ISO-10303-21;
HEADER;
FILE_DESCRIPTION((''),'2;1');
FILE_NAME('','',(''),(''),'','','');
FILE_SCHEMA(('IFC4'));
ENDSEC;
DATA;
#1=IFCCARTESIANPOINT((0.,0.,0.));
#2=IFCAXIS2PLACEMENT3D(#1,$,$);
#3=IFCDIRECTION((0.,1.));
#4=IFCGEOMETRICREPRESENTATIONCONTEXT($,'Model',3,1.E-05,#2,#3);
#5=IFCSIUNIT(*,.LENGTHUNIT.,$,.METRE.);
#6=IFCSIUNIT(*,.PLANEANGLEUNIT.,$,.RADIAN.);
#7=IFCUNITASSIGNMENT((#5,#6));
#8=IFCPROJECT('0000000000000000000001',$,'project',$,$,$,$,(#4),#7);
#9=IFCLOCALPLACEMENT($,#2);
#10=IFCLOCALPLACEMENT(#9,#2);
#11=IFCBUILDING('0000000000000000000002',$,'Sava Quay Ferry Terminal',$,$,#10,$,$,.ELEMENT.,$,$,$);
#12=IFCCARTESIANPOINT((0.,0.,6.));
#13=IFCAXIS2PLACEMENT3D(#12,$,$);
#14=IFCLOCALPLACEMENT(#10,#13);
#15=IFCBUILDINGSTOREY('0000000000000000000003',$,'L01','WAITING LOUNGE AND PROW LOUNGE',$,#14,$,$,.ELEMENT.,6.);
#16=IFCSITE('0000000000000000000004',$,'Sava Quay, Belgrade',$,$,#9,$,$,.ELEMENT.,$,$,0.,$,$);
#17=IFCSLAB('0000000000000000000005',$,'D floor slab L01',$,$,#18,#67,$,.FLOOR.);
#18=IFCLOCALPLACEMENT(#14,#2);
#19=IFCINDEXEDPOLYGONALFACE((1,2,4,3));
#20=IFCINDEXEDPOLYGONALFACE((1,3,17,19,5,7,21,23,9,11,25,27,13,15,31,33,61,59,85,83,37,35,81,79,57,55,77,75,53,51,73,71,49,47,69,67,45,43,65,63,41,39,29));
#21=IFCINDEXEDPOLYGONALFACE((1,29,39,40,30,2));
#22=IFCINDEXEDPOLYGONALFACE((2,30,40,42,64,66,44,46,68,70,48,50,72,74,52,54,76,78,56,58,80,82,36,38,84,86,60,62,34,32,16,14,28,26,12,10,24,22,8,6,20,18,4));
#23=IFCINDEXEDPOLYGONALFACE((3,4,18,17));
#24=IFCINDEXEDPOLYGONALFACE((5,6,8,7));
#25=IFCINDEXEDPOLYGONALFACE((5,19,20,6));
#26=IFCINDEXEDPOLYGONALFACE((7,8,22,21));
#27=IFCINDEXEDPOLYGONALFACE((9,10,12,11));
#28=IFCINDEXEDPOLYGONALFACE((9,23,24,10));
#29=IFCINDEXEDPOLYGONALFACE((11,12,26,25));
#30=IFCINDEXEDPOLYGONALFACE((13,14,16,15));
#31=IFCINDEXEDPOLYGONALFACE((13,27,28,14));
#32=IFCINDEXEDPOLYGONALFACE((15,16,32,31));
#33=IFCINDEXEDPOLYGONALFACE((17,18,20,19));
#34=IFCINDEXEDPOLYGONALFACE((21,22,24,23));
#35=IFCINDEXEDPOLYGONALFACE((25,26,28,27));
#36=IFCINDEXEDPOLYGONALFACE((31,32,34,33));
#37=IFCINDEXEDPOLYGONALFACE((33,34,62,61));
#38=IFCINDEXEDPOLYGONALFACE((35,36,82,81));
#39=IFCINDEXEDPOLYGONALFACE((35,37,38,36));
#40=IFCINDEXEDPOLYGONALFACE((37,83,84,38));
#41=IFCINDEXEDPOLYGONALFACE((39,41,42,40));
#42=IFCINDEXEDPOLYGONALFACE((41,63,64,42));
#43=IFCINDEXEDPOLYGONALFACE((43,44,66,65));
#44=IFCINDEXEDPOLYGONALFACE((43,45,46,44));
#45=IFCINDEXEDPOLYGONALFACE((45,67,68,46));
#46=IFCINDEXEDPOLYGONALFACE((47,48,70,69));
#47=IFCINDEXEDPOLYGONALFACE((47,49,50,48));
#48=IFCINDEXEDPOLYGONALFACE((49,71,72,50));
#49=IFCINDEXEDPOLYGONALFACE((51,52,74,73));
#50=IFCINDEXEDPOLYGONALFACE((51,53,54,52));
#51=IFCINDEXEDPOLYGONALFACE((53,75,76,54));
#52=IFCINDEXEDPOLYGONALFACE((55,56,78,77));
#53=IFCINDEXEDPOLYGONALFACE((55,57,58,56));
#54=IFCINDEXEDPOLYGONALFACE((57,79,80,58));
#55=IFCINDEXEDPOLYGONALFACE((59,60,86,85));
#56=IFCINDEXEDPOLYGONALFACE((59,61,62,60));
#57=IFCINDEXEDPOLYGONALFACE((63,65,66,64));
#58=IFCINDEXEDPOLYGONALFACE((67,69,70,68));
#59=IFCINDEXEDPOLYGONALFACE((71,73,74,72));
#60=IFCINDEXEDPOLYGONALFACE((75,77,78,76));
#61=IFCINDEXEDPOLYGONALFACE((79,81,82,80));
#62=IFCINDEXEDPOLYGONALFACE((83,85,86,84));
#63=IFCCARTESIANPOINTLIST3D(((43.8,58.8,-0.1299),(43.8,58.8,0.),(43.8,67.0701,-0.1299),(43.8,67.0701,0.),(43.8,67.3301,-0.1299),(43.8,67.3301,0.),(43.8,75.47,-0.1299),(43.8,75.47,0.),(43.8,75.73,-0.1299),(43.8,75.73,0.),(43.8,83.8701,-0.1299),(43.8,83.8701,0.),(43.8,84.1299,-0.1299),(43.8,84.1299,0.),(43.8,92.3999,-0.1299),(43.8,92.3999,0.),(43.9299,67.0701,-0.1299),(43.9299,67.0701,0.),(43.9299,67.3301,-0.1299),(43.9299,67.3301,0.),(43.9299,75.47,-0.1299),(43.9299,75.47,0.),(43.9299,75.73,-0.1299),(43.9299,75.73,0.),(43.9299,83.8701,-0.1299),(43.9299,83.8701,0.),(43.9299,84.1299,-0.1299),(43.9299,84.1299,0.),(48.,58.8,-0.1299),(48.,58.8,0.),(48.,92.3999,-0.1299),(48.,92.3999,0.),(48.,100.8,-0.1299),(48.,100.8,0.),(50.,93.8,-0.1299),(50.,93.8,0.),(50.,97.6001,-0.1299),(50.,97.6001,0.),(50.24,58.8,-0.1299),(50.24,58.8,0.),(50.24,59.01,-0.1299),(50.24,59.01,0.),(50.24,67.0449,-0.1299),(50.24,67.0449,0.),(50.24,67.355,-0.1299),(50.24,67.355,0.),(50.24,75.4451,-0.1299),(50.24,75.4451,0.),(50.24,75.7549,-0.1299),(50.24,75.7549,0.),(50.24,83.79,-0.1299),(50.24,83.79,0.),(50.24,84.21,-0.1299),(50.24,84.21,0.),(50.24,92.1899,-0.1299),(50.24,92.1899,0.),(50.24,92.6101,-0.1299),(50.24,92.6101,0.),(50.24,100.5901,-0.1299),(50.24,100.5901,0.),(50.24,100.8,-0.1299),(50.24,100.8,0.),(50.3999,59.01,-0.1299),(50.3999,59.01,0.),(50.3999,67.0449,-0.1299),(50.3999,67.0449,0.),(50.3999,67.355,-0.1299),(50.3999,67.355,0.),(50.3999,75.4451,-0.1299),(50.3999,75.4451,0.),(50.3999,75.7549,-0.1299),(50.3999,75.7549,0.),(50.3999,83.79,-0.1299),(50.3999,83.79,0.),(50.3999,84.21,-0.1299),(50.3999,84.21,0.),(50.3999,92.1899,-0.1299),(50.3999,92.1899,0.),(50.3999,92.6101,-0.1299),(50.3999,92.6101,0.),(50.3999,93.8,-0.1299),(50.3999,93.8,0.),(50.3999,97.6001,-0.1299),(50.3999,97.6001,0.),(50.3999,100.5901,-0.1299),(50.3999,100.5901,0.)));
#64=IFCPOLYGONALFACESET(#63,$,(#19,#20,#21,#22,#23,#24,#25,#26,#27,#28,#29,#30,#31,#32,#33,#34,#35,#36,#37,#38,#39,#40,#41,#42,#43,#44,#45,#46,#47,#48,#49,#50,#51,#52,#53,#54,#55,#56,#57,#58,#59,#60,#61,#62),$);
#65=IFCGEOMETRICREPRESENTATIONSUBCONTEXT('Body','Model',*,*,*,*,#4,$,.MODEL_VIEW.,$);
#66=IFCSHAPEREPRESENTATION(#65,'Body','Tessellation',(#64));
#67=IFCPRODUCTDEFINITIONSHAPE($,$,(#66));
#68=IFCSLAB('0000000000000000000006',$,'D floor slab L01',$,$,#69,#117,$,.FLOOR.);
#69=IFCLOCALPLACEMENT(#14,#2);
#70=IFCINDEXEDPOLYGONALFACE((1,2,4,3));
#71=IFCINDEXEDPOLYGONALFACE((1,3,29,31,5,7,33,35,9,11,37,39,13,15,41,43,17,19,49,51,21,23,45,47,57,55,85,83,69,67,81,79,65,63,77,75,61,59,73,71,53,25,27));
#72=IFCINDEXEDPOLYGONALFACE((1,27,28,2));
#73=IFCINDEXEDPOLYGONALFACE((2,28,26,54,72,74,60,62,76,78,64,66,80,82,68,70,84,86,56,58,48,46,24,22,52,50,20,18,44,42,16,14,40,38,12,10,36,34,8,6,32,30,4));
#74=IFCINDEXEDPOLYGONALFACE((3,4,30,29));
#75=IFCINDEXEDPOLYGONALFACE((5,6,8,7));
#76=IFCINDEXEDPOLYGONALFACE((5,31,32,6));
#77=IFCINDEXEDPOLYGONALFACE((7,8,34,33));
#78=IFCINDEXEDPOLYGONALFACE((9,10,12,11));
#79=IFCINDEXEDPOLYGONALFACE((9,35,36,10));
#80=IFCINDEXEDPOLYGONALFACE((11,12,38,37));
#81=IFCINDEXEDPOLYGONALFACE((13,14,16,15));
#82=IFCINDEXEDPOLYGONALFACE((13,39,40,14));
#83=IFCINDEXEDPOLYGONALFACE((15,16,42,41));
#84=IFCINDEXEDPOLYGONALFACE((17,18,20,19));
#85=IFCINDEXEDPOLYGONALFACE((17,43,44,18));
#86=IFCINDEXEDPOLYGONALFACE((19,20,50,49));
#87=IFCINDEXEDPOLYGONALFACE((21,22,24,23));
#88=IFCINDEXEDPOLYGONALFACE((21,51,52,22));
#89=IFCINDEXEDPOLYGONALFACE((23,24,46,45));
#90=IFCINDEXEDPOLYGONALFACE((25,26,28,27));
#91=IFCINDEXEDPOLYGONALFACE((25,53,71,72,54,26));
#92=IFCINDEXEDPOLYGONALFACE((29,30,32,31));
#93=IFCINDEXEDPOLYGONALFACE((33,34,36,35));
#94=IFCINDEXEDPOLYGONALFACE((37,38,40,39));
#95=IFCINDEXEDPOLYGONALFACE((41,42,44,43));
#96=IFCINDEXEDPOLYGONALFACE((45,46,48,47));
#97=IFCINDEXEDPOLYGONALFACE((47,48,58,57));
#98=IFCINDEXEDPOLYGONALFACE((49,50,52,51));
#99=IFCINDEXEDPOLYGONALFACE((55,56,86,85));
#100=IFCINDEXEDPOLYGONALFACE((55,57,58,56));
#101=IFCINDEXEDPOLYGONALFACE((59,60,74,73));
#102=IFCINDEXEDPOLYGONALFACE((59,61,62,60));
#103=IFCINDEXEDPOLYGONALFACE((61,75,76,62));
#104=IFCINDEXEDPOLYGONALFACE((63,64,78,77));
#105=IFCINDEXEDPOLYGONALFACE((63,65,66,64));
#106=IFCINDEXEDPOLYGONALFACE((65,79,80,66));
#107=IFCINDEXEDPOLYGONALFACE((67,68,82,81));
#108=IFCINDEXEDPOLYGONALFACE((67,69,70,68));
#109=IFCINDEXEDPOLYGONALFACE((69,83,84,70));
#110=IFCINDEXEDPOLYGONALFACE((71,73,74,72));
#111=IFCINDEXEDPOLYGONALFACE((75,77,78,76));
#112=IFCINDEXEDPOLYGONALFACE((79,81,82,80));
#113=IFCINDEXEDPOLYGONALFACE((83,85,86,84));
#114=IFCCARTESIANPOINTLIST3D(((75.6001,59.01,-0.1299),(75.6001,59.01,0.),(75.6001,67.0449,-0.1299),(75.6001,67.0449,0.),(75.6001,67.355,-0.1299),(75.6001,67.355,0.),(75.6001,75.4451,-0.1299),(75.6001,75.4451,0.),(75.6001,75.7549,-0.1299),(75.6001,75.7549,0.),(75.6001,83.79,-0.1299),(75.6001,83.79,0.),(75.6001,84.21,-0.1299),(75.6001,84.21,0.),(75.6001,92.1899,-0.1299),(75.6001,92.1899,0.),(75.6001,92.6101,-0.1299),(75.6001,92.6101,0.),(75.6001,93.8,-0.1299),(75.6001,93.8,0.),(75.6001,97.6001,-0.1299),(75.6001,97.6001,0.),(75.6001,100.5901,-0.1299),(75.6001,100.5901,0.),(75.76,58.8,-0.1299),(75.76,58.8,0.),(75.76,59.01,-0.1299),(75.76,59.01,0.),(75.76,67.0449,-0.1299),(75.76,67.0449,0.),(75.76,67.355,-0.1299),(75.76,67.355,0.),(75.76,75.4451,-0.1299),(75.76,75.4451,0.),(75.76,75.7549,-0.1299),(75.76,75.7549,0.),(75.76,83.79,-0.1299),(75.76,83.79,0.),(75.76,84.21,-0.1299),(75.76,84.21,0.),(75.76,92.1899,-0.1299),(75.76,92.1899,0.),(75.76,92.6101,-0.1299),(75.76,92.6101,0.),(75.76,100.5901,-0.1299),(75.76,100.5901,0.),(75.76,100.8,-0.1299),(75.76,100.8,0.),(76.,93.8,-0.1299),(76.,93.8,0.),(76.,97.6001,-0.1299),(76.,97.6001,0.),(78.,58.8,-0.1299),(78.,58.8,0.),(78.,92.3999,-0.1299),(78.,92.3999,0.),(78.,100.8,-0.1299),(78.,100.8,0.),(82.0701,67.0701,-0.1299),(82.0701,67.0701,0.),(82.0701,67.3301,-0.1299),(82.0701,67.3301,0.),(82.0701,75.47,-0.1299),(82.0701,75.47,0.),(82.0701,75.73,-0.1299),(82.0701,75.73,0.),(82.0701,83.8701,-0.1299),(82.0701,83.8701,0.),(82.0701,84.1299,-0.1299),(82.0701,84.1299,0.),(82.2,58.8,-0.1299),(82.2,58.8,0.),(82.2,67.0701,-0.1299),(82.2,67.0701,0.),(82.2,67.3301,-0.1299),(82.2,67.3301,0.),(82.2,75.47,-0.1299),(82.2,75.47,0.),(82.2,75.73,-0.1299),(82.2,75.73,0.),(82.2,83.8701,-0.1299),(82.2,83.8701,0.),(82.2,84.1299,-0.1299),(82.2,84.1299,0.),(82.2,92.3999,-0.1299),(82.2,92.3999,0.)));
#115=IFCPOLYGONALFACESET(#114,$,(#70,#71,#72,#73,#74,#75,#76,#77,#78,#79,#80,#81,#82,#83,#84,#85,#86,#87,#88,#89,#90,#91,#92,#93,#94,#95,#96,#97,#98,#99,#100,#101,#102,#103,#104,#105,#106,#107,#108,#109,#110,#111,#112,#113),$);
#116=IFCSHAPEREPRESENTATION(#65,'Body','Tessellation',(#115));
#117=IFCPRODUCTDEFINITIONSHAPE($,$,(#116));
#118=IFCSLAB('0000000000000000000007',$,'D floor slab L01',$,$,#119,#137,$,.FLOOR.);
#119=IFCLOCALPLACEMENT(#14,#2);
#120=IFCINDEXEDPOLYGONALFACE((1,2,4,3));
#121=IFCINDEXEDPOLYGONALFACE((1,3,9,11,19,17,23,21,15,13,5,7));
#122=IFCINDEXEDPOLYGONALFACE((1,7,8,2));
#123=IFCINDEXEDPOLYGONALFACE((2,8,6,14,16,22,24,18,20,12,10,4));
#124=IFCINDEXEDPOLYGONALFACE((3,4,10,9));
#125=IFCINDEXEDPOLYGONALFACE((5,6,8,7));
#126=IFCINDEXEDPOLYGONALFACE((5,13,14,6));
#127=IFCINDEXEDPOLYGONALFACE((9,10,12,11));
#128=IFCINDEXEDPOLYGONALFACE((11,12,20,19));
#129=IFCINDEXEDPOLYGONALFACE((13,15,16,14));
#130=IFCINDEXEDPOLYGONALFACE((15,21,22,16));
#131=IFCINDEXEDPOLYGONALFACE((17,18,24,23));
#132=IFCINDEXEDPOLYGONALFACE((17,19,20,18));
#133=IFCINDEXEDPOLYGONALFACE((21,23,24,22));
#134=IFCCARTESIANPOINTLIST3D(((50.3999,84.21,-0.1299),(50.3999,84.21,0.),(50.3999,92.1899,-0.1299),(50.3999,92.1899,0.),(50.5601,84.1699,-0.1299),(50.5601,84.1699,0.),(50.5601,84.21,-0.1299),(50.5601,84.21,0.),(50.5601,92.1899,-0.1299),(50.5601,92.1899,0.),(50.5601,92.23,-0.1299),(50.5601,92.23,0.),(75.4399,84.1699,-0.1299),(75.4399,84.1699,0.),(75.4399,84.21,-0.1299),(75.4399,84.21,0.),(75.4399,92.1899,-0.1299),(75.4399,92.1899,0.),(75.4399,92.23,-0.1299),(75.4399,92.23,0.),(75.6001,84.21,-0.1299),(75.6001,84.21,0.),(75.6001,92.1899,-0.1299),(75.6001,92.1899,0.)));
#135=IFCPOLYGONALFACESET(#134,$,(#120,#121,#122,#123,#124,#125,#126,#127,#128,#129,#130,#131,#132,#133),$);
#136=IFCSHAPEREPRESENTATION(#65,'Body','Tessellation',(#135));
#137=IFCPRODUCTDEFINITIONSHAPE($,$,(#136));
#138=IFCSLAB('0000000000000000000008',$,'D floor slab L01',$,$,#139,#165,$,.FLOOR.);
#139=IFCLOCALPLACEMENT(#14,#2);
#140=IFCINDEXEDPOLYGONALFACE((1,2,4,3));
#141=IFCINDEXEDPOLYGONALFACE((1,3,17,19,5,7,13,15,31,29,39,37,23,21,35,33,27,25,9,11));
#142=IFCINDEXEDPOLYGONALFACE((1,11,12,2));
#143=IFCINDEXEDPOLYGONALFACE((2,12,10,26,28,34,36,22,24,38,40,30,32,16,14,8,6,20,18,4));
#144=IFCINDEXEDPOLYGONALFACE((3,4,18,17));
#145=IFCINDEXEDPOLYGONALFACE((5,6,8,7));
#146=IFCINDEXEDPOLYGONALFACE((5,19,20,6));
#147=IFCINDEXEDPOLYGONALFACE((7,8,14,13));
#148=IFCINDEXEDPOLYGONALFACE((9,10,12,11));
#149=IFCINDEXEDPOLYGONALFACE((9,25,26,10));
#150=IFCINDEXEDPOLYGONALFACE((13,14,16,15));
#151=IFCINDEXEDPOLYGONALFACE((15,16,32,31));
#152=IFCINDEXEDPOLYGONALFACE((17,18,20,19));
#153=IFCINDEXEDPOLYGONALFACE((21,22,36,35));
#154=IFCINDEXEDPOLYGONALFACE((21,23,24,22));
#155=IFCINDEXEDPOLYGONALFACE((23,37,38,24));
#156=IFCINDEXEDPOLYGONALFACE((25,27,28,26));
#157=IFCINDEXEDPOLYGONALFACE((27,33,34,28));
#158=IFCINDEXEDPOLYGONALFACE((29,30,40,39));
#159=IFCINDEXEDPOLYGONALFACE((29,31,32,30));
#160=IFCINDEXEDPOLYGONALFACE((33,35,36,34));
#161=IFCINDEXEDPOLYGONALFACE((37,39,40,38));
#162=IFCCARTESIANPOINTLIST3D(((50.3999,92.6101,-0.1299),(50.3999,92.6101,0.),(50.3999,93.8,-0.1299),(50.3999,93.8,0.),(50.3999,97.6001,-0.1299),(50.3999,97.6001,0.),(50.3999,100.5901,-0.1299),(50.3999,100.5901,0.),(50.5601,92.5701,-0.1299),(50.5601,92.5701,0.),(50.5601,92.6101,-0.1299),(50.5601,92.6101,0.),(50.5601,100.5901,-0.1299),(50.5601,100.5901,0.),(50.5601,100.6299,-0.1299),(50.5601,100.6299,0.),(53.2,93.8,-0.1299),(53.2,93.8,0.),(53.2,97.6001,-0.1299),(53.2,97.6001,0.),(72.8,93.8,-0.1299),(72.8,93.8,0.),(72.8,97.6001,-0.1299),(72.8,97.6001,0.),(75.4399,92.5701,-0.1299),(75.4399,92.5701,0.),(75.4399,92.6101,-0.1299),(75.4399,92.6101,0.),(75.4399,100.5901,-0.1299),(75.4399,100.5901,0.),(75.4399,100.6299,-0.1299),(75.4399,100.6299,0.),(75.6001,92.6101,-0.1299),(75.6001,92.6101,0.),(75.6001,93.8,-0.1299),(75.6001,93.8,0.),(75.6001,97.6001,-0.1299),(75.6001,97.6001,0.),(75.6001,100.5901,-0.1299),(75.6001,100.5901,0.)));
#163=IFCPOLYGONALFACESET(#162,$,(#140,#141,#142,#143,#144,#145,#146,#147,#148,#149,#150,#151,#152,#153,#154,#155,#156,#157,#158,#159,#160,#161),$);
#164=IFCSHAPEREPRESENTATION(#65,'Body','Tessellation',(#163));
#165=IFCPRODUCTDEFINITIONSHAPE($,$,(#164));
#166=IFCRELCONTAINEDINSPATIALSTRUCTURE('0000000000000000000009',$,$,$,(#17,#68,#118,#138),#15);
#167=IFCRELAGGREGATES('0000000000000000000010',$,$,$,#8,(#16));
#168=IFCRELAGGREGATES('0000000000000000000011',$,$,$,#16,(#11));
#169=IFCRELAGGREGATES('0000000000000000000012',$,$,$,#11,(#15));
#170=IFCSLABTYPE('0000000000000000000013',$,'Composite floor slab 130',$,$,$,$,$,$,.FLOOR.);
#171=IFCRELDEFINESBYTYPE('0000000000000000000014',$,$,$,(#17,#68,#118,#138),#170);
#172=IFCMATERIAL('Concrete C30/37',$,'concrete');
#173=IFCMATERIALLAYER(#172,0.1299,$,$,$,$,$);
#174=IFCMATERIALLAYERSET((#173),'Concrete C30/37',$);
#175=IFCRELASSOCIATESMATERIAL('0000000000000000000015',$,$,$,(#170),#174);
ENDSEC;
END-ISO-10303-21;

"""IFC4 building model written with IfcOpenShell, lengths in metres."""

from ifc_helpers import new_model, si_unit, direction, frame, origin, place, context, subcontext, project, spatial, polyline, outline, extrude, material, layer, layer_set, type_object, element, save


model = new_model("IFC4")

# Units and contexts
model_context = context("Model", 3, precision=1e-05, world=origin(), true_north=direction((0.0, 1.0)))
body_context = subcontext(model_context, "Body", "Model", "MODEL_VIEW")
ifc_project = project(units=[si_unit("LENGTHUNIT", "METRE"), si_unit("PLANEANGLEUNIT", "RADIAN")], contexts=[model_context])

# Site, building, storey
site_placement = place(None, origin())
site = spatial("IfcSite", under=ifc_project, at=site_placement, Name="Sava Quay, Belgrade", CompositionType="ELEMENT", RefElevation=0.0)
building_placement = place(site_placement, origin())
building = spatial("IfcBuilding", under=site, at=building_placement, Name="Sava Quay Ferry Terminal", CompositionType="ELEMENT")
storey_placement = place(building_placement, frame((0.0, 0.0, 6.0)))
storey = spatial("IfcBuildingStorey", under=building, at=storey_placement, Name="L01", Description="WAITING LOUNGE AND PROW LOUNGE", CompositionType="ELEMENT", Elevation=6.0)

# Slabs
ifc_material_1 = material(Name="Concrete C30/37", Category="concrete")
ifc_layer_1 = layer(ifc_material_1, 0.1299)
ifc_layer_set_1 = layer_set([ifc_layer_1], Name="Concrete C30/37")
slab_type_1 = type_object("IfcSlabType", Name="Composite floor slab 130", PredefinedType="FLOOR", material=ifc_layer_set_1)
slab_1_placement = place(storey_placement, frame((0.0, 0.0, -0.1299)))
element("IfcSlab", 1, at=slab_1_placement, inside=storey, type_object=slab_type_1, Name="D floor slab L01", PredefinedType="FLOOR", context=body_context, shape_type="SweptSolid", body=[
    extrude(outline(polyline([(50.24, 59.01), (50.24, 58.8), (48.0, 58.8), (43.8, 58.8), (43.8, 67.0701), (43.9299, 67.0701), (43.9299, 67.3301), (43.8, 67.3301), (43.8, 75.47), (43.9299, 75.47), (43.9299, 75.73), (43.8, 75.73), (43.8, 83.8701), (43.9299, 83.8701), (43.9299, 84.1299), (43.8, 84.1299), (43.8, 92.3999), (48.0, 92.3999), (48.0, 100.8), (50.24, 100.8), (50.24, 100.5901), (50.3999, 100.5901), (50.3999, 97.6001), (50.0, 97.6001), (50.0, 93.8), (50.3999, 93.8), (50.3999, 92.6101), (50.24, 92.6101), (50.24, 92.1899), (50.3999, 92.1899), (50.3999, 84.21), (50.24, 84.21), (50.24, 83.79), (50.3999, 83.79), (50.3999, 75.7549), (50.24, 75.7549), (50.24, 75.4451), (50.3999, 75.4451), (50.3999, 67.355), (50.24, 67.355), (50.24, 67.0449), (50.3999, 67.0449), (50.3999, 59.01), (50.24, 59.01)])), origin(), (0.0, 0.0, 1.0), 0.1299),
])
slab_2_placement = place(storey_placement, frame((0.0, 0.0, -0.1299)))
element("IfcSlab", 2, at=slab_2_placement, inside=storey, type_object=slab_type_1, Name="D floor slab L01", PredefinedType="FLOOR", context=body_context, shape_type="SweptSolid", body=[
    extrude(outline(polyline([(78.0, 58.8), (75.76, 58.8), (75.76, 59.01), (75.6001, 59.01), (75.6001, 67.0449), (75.76, 67.0449), (75.76, 67.355), (75.6001, 67.355), (75.6001, 75.4451), (75.76, 75.4451), (75.76, 75.7549), (75.6001, 75.7549), (75.6001, 83.79), (75.76, 83.79), (75.76, 84.21), (75.6001, 84.21), (75.6001, 92.1899), (75.76, 92.1899), (75.76, 92.6101), (75.6001, 92.6101), (75.6001, 93.8), (76.0, 93.8), (76.0, 97.6001), (75.6001, 97.6001), (75.6001, 100.5901), (75.76, 100.5901), (75.76, 100.8), (78.0, 100.8), (78.0, 92.3999), (82.2, 92.3999), (82.2, 84.1299), (82.0701, 84.1299), (82.0701, 83.8701), (82.2, 83.8701), (82.2, 75.73), (82.0701, 75.73), (82.0701, 75.47), (82.2, 75.47), (82.2, 67.3301), (82.0701, 67.3301), (82.0701, 67.0701), (82.2, 67.0701), (82.2, 58.8), (78.0, 58.8)])), origin(), (0.0, 0.0, 1.0), 0.1299),
])
slab_3_placement = place(storey_placement, frame((0.0, 0.0, -0.1299)))
element("IfcSlab", 3, at=slab_3_placement, inside=storey, type_object=slab_type_1, Name="D floor slab L01", PredefinedType="FLOOR", context=body_context, shape_type="SweptSolid", body=[
    extrude(outline(polyline([(75.4399, 84.21), (75.4399, 84.1699), (50.5601, 84.1699), (50.5601, 84.21), (50.3999, 84.21), (50.3999, 92.1899), (50.5601, 92.1899), (50.5601, 92.23), (75.4399, 92.23), (75.4399, 92.1899), (75.6001, 92.1899), (75.6001, 84.21), (75.4399, 84.21)])), origin(), (0.0, 0.0, 1.0), 0.1299),
])
slab_4_placement = place(storey_placement, frame((0.0, 0.0, -0.1299)))
element("IfcSlab", 4, at=slab_4_placement, inside=storey, type_object=slab_type_1, Name="D floor slab L01", PredefinedType="FLOOR", context=body_context, shape_type="SweptSolid", body=[
    extrude(outline(polyline([(75.4399, 92.6101), (75.4399, 92.5701), (50.5601, 92.5701), (50.5601, 92.6101), (50.3999, 92.6101), (50.3999, 93.8), (53.2, 93.8), (53.2, 97.6001), (50.3999, 97.6001), (50.3999, 100.5901), (50.5601, 100.5901), (50.5601, 100.6299), (75.4399, 100.6299), (75.4399, 100.5901), (75.6001, 100.5901), (75.6001, 97.6001), (72.8, 97.6001), (72.8, 93.8), (75.6001, 93.8), (75.6001, 92.6101), (75.4399, 92.6101)])), origin(), (0.0, 0.0, 1.0), 0.1299),
])

save(model, "model.ifc")
